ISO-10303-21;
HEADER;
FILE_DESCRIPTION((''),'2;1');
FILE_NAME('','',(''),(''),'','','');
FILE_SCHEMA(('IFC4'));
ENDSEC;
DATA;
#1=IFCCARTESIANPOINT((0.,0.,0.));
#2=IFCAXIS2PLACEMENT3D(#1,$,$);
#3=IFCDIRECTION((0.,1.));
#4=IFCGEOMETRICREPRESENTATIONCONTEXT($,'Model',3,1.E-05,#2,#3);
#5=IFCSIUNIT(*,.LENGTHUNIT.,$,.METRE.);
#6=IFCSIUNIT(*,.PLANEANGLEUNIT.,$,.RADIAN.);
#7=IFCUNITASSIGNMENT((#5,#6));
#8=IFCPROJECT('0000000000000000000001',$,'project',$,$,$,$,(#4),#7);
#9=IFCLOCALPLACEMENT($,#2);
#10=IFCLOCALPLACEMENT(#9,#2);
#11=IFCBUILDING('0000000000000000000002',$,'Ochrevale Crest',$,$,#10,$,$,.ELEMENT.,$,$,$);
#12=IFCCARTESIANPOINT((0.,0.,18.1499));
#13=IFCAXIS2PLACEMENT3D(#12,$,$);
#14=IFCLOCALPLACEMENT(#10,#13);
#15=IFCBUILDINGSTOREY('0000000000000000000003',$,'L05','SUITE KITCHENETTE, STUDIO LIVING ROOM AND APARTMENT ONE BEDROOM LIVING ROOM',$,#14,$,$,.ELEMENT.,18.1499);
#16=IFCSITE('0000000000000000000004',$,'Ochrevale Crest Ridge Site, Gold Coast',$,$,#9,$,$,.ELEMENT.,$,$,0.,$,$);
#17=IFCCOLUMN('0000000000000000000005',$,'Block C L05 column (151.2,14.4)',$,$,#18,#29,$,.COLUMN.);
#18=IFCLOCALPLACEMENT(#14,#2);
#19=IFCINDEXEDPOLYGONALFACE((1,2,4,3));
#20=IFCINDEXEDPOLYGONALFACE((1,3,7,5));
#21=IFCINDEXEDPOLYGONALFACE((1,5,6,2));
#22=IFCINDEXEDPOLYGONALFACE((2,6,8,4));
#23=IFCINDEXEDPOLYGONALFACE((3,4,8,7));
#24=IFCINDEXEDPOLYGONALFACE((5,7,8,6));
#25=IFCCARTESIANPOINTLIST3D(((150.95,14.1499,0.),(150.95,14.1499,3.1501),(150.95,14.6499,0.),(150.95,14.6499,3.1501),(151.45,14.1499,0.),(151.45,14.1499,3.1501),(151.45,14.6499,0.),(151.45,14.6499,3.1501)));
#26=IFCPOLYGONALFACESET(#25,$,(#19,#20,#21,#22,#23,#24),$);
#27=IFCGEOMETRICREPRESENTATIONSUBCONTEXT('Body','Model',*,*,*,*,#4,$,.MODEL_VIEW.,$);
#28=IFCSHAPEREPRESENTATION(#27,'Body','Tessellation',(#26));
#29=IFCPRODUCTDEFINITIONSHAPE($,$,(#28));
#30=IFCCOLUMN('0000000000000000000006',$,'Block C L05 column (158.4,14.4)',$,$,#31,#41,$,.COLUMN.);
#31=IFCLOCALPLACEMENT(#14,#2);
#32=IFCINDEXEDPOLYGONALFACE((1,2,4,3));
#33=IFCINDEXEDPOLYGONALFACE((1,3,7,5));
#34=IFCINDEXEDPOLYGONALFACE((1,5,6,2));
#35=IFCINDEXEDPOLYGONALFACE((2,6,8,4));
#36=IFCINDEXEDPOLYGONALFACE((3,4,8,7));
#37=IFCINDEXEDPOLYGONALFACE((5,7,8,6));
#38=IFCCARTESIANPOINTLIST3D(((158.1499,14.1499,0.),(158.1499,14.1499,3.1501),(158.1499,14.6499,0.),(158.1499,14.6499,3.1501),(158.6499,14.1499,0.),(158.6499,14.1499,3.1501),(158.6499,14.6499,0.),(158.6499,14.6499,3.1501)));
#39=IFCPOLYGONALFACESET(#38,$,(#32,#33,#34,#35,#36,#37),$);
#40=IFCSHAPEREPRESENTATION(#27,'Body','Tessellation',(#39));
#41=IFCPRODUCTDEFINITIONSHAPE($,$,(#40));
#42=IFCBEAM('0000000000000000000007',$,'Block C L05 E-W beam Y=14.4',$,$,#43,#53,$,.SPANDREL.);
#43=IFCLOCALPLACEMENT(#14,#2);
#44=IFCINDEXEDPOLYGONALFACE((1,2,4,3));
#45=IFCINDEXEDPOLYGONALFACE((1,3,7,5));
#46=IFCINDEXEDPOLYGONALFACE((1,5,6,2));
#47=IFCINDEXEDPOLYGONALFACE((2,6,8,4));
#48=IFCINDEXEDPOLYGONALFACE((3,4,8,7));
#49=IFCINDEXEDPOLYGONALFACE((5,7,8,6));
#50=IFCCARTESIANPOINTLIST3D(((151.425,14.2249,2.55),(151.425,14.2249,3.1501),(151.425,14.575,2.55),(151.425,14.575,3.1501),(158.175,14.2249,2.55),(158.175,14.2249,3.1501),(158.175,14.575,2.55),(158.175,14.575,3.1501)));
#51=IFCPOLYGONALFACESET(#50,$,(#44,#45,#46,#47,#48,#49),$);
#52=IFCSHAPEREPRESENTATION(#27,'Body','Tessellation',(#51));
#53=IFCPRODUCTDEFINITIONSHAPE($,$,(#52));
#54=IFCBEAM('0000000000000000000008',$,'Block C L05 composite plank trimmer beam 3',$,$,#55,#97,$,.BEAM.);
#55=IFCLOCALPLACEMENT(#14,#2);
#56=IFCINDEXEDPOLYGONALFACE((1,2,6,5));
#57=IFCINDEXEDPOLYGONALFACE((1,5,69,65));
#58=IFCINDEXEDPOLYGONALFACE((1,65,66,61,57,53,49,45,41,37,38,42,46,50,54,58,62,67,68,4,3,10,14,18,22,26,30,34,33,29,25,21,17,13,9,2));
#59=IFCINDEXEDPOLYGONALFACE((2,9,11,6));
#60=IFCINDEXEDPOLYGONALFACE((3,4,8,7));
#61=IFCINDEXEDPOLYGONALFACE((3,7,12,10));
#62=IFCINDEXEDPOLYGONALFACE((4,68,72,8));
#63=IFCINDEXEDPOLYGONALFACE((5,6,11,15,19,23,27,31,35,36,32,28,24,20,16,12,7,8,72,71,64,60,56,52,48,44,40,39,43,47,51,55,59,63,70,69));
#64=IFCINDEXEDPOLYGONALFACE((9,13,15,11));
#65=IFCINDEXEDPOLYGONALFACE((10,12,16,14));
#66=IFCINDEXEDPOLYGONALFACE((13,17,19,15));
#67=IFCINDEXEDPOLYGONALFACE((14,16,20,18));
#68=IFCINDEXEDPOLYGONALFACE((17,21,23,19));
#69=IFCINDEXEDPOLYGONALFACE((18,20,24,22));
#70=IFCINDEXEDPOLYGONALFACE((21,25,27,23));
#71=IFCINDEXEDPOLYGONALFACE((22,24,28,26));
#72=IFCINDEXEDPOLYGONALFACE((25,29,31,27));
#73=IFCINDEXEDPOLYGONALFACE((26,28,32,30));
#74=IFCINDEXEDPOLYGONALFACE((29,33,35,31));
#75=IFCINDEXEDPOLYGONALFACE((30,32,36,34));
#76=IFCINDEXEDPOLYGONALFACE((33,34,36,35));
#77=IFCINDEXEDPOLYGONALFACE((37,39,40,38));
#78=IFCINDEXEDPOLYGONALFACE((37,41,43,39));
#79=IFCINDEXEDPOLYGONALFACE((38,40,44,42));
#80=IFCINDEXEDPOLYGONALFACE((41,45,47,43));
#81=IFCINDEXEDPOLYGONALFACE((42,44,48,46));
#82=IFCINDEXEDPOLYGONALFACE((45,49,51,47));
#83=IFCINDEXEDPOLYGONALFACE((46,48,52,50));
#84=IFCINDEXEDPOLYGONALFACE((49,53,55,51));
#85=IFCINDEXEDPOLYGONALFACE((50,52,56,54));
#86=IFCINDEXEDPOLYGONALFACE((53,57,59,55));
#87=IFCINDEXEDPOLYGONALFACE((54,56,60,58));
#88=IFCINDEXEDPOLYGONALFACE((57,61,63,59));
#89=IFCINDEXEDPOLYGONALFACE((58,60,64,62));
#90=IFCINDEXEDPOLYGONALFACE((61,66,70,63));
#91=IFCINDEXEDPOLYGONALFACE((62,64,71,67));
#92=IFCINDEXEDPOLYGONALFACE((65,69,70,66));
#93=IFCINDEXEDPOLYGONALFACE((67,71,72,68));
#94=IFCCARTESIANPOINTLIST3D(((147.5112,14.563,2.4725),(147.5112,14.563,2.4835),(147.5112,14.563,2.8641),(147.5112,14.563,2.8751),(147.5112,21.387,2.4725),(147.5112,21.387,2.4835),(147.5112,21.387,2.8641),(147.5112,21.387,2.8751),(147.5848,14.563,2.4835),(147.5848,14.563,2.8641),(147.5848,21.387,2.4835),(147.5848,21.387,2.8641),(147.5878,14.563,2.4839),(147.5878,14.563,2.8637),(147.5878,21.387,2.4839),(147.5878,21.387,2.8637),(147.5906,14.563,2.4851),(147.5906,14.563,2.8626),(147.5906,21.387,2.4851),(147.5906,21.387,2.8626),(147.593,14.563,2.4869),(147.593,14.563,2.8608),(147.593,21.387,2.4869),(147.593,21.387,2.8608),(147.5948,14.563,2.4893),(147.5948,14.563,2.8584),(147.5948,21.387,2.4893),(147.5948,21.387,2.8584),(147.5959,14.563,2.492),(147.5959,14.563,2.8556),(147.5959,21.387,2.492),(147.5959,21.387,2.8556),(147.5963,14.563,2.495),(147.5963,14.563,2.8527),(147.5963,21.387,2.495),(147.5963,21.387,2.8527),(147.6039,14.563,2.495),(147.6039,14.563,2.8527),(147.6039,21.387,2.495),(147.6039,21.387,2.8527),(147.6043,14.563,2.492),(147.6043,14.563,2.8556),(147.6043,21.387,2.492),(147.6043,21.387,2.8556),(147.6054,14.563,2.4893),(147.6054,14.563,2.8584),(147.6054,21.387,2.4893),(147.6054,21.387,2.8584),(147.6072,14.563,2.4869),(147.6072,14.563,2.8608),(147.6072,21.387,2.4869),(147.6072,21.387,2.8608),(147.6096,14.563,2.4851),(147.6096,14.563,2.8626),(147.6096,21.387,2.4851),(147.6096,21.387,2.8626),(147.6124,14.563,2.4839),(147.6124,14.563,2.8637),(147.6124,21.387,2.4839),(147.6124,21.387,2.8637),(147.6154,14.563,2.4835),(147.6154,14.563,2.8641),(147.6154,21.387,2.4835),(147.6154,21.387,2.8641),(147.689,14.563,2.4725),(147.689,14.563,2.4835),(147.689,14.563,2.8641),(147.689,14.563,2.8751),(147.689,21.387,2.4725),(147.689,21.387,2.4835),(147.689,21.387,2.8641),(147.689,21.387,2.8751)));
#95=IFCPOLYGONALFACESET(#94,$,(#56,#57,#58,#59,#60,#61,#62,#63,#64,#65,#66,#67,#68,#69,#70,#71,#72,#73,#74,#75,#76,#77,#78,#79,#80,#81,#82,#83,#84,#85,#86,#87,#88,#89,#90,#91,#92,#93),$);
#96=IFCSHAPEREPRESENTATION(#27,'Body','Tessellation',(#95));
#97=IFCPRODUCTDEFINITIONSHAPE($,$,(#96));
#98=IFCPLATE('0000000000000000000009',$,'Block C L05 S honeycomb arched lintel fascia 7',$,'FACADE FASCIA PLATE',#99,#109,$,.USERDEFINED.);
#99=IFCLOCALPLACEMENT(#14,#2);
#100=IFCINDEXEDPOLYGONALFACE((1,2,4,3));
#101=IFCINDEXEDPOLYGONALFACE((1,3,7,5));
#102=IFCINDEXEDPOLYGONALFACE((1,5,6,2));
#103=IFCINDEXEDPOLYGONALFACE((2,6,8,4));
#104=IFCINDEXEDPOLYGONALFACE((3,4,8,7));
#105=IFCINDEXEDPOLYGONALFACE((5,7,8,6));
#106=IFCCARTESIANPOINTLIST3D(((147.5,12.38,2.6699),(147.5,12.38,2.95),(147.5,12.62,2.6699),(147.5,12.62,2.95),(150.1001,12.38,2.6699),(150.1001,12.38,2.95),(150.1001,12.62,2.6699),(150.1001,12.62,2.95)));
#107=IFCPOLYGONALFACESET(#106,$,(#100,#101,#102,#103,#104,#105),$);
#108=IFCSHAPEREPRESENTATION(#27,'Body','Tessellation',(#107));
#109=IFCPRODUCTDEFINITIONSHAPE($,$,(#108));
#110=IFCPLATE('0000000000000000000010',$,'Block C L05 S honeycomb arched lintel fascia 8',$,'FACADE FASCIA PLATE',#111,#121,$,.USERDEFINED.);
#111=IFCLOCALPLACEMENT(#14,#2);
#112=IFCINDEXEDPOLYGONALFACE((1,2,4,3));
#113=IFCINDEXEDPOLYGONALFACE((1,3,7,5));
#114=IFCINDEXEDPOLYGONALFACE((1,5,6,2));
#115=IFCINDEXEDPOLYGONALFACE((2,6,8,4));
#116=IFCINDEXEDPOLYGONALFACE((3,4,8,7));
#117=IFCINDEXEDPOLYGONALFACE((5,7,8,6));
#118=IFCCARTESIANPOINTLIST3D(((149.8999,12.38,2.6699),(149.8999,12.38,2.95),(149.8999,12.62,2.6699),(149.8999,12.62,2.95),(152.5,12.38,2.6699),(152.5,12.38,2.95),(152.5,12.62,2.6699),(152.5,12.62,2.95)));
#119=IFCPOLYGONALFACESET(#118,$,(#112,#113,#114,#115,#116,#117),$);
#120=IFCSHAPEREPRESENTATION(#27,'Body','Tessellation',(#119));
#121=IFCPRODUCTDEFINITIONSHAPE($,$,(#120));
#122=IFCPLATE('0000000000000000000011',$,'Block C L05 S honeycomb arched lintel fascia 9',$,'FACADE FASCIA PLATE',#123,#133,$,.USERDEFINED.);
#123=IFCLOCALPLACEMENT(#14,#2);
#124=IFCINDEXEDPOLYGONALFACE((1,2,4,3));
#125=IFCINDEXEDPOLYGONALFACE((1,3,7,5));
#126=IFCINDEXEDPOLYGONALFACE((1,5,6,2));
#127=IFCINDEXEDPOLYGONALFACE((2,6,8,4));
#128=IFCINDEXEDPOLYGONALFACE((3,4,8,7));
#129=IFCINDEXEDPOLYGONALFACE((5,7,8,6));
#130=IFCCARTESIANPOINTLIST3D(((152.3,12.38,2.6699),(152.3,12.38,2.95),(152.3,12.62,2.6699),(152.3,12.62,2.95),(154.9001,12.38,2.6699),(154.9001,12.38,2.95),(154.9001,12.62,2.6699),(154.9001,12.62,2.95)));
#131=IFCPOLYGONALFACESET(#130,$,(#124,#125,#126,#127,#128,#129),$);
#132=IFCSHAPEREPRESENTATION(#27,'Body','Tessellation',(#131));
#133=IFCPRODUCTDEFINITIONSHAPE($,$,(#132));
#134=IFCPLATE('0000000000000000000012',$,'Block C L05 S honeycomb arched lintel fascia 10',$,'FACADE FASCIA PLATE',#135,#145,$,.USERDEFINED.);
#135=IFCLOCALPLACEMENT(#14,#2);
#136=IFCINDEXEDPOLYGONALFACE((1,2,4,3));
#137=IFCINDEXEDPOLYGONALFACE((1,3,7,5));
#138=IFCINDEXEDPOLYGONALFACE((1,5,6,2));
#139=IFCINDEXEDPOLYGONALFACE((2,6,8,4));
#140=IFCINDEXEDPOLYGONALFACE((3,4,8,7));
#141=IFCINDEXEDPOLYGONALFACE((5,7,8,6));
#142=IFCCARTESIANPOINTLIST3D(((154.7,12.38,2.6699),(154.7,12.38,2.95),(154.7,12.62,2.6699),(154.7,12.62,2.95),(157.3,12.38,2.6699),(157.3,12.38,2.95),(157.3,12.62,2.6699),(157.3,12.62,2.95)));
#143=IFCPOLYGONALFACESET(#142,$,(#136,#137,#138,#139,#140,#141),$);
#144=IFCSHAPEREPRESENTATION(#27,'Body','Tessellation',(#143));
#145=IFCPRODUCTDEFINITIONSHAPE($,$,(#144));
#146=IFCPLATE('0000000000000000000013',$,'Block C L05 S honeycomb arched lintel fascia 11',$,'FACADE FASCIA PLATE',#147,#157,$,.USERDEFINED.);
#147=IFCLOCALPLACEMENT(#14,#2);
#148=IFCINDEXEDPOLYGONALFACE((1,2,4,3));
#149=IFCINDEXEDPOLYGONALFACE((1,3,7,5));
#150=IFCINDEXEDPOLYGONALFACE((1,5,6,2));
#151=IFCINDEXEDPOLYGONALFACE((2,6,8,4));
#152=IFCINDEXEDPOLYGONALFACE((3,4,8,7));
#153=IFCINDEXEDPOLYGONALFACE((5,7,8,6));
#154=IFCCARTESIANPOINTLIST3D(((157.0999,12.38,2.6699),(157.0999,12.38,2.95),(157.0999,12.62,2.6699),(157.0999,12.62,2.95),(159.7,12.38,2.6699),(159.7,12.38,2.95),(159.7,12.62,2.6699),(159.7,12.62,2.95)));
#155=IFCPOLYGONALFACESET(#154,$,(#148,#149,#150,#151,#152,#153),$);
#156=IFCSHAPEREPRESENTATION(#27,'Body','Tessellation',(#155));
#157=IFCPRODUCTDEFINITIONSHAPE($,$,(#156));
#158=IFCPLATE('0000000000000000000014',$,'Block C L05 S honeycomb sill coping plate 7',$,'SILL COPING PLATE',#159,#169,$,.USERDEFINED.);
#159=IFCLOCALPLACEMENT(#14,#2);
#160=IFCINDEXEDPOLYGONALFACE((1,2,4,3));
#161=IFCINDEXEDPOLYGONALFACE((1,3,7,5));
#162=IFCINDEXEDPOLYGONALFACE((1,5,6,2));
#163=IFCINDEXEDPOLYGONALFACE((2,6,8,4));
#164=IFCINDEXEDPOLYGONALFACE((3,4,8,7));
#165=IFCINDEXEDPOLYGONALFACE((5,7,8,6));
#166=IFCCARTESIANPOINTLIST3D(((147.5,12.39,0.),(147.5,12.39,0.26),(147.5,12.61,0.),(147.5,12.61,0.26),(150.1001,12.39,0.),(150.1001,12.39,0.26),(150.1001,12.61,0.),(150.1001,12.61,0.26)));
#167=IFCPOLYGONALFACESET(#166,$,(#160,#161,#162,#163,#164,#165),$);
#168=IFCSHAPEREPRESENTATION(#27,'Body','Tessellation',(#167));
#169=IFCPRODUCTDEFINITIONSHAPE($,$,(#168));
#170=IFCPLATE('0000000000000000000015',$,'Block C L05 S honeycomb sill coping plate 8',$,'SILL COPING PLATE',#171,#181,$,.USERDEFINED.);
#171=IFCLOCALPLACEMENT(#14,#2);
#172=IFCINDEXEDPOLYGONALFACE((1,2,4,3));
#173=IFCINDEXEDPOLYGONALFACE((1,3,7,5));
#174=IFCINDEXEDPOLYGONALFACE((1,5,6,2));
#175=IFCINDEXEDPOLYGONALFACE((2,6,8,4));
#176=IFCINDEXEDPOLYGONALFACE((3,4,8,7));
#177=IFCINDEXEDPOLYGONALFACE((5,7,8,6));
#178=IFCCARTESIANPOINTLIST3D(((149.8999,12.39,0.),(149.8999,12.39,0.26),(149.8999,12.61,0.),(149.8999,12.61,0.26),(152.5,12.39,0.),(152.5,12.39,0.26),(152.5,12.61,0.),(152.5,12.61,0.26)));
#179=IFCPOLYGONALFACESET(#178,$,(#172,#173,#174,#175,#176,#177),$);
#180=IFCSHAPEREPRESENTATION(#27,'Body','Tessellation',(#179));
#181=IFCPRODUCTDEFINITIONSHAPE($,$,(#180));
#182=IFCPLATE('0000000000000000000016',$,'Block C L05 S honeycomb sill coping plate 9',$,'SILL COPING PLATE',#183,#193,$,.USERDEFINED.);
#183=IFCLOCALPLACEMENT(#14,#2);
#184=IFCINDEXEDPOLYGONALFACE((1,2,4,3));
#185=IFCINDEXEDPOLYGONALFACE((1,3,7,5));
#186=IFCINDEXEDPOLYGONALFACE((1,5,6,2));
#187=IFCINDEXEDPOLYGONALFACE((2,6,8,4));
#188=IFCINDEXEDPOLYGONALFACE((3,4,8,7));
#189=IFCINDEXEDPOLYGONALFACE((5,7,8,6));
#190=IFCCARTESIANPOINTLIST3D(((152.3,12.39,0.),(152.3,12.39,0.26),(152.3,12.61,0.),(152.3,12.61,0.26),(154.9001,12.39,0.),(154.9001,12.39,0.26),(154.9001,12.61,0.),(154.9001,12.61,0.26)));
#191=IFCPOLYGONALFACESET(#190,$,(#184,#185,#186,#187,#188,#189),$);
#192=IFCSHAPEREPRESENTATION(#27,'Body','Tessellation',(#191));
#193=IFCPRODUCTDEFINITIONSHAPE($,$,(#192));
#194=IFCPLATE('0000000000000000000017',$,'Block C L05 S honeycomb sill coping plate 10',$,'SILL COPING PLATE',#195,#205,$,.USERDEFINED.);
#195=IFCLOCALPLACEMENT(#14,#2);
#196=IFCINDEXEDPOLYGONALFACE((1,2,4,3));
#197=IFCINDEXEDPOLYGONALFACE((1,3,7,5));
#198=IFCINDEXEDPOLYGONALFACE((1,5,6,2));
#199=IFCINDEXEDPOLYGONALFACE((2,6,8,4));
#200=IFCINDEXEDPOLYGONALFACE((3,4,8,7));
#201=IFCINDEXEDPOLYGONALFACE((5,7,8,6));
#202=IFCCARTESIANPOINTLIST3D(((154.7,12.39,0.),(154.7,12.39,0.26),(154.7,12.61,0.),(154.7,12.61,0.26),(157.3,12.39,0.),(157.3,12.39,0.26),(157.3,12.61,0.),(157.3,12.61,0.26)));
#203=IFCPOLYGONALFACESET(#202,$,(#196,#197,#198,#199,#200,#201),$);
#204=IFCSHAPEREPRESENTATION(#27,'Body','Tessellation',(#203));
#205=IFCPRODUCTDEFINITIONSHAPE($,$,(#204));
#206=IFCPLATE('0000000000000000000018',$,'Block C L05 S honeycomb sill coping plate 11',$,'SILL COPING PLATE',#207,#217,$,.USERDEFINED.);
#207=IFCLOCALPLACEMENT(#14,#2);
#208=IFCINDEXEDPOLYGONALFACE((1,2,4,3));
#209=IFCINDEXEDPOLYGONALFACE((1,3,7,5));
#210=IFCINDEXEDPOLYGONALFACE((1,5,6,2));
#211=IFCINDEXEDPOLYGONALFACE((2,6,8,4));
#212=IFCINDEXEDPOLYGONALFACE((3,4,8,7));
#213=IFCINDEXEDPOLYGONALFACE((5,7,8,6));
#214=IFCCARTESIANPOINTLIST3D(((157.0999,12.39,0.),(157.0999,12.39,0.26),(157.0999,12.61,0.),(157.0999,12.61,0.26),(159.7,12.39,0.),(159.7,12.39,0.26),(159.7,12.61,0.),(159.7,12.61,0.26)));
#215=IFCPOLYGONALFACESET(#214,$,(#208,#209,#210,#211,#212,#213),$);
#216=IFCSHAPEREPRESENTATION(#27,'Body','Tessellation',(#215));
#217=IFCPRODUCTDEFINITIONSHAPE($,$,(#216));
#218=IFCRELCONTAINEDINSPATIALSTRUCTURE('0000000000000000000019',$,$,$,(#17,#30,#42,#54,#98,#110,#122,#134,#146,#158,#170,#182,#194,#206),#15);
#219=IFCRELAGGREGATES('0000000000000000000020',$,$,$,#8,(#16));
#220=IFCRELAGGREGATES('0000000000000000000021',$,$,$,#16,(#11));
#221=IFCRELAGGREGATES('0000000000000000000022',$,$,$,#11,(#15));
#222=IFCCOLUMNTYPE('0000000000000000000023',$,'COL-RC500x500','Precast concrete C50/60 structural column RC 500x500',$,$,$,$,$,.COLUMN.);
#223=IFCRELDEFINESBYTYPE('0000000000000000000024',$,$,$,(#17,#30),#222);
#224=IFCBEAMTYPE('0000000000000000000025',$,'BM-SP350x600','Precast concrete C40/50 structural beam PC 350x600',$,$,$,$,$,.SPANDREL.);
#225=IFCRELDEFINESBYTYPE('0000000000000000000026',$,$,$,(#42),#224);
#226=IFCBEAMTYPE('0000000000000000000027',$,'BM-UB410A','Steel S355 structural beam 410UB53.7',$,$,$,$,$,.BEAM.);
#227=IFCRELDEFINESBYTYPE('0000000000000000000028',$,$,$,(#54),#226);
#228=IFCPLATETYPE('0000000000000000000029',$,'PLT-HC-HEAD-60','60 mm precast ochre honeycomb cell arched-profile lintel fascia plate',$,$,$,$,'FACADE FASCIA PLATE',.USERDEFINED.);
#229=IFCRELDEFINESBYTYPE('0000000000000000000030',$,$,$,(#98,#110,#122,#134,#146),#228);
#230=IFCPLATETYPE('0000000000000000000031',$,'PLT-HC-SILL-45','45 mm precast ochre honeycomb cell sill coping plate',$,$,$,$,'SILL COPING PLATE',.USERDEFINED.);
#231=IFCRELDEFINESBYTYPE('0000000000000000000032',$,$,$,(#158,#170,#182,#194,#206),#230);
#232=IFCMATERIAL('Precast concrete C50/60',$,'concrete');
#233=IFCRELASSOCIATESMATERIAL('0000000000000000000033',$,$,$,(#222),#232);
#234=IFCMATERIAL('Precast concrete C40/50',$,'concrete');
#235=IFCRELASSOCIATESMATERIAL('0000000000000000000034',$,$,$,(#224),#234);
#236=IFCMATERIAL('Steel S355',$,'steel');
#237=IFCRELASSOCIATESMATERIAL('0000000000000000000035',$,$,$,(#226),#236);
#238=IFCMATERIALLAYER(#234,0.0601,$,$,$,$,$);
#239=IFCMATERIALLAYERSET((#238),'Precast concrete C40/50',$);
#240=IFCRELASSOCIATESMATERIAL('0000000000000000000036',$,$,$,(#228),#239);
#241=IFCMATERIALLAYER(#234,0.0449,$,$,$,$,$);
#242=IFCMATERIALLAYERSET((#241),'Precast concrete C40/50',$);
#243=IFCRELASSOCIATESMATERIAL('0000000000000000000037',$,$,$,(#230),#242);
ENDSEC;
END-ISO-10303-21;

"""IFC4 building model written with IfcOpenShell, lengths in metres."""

from ifc_helpers import new_model, si_unit, direction, frame, origin, origin_2d, place, context, subcontext, project, spatial, rectangle, i_section, extrude, material, layer, layer_set, material_profile, profile_set, type_object, element, save


model = new_model("IFC4")

# Units and contexts
model_context = context("Model", 3, precision=1e-05, world=origin(), true_north=direction((0.0, 1.0)))
body_context = subcontext(model_context, "Body", "Model", "MODEL_VIEW")
ifc_project = project(units=[si_unit("LENGTHUNIT", "METRE"), si_unit("PLANEANGLEUNIT", "RADIAN")], contexts=[model_context])

# Site, building, storey
site_placement = place(None, origin())
site = spatial("IfcSite", under=ifc_project, at=site_placement, Name="Ochrevale Crest Ridge Site, Gold Coast", CompositionType="ELEMENT", RefElevation=0.0)
building_placement = place(site_placement, origin())
building = spatial("IfcBuilding", under=site, at=building_placement, Name="Ochrevale Crest", CompositionType="ELEMENT")
storey_placement = place(building_placement, frame((0.0, 0.0, 18.1499)))
storey = spatial("IfcBuildingStorey", under=building, at=storey_placement, Name="L05", Description="SUITE KITCHENETTE, STUDIO LIVING ROOM AND APARTMENT ONE BEDROOM LIVING ROOM", CompositionType="ELEMENT", Elevation=18.1499)

# Columns
ifc_material_1 = material(Name="Precast concrete C50/60", Category="concrete")
ifc_material_profile_1 = material_profile(ifc_material_1, rectangle(XDim=0.5, YDim=0.5, at=origin_2d()), Name="RC 500x500")
ifc_profile_set_1 = profile_set([ifc_material_profile_1], Name="Precast concrete C50/60")
column_type = type_object("IfcColumnType", Name="COL-RC500x500", Description="Precast concrete C50/60 structural column RC 500x500", PredefinedType="COLUMN", material=ifc_profile_set_1)
for number, where, z_axis, x_axis, name in (
    (1, (151.2, 14.3999, 0.0), (0.0, 0.0, 1.0), (1.0, 0.0, 0.0), "Block C L05 column (151.2,14.4)"),
    (2, (158.3999, 14.3999, 0.0), (0.0, 0.0, 1.0), (1.0, 0.0, 0.0), "Block C L05 column (158.4,14.4)"),
):
    element("IfcColumn", number, at=place(storey_placement, frame(where, z_axis=z_axis, x_axis=x_axis)), inside=storey, type_object=column_type, Name=name, PredefinedType="COLUMN", context=body_context, shape_type="SweptSolid", body=[
        extrude(rectangle(XDim=0.5, YDim=0.5, at=origin_2d()), origin(), (0.0, 0.0, 1.0), 3.1501),
    ])

# Beams
ifc_material_2 = material(Name="Precast concrete C40/50", Category="concrete")
ifc_material_profile_2 = material_profile(ifc_material_2, rectangle(XDim=0.3501, YDim=0.6001, at=origin_2d()), Name="PC 350x600")
ifc_profile_set_2 = profile_set([ifc_material_profile_2], Name="Precast concrete C40/50")
beam_type_1 = type_object("IfcBeamType", Name="BM-SP350x600", Description="Precast concrete C40/50 structural beam PC 350x600", PredefinedType="SPANDREL", material=ifc_profile_set_2)
beam_1_placement = place(storey_placement, frame((151.425, 14.3999, 2.8501), z_axis=(1.0, 0.0, 0.0), x_axis=(0.0, 1.0, 0.0)))
element("IfcBeam", 3, at=beam_1_placement, inside=storey, type_object=beam_type_1, Name="Block C L05 E-W beam Y=14.4", PredefinedType="SPANDREL", context=body_context, shape_type="SweptSolid", body=[
    extrude(rectangle(XDim=0.3501, YDim=0.6001, at=origin_2d()), origin(), (0.0, 0.0, 1.0), 6.75),
])
ifc_material_3 = material(Name="Steel S355", Category="steel")
ifc_material_profile_3 = material_profile(ifc_material_3, i_section(OverallWidth=0.1777, OverallDepth=0.4026, WebThickness=0.0076, FlangeThickness=0.011, FilletRadius=0.0115, at=origin_2d()), Name="410UB53.7")
ifc_profile_set_3 = profile_set([ifc_material_profile_3], Name="Steel S355")
beam_type_2 = type_object("IfcBeamType", Name="BM-UB410A", Description="Steel S355 structural beam 410UB53.7", PredefinedType="BEAM", material=ifc_profile_set_3)
beam_2_placement = place(storey_placement, frame((147.6001, 14.563, 2.6738), z_axis=(0.0, 1.0, 0.0), x_axis=(-1.0, 0.0, 0.0)))
element("IfcBeam", 4, at=beam_2_placement, inside=storey, type_object=beam_type_2, Name="Block C L05 composite plank trimmer beam 3", PredefinedType="BEAM", context=body_context, shape_type="SweptSolid", body=[
    extrude(i_section(OverallWidth=0.1777, OverallDepth=0.4026, WebThickness=0.0076, FlangeThickness=0.011, FilletRadius=0.0115, at=origin_2d()), origin(), (0.0, 0.0, 1.0), 6.824),
])

# Plates
ifc_layer_1 = layer(ifc_material_2, 0.0601)
ifc_layer_set_1 = layer_set([ifc_layer_1], Name="Precast concrete C40/50")
plate_type_1 = type_object("IfcPlateType", Name="PLT-HC-HEAD-60", Description="60 mm precast ochre honeycomb cell arched-profile lintel fascia plate", ElementType="FACADE FASCIA PLATE", PredefinedType="USERDEFINED", material=ifc_layer_set_1)
for number, where, z_axis, x_axis, name in (
    (5, (148.8, 12.5, 2.6699), (0.0, 0.0, 1.0), (1.0, 0.0, 0.0), "Block C L05 S honeycomb arched lintel fascia 7"),
    (6, (151.2, 12.5, 2.6699), (0.0, 0.0, 1.0), (1.0, 0.0, 0.0), "Block C L05 S honeycomb arched lintel fascia 8"),
    (7, (153.6001, 12.5, 2.6699), (0.0, 0.0, 1.0), (1.0, 0.0, 0.0), "Block C L05 S honeycomb arched lintel fascia 9"),
    (8, (156.0, 12.5, 2.6699), (0.0, 0.0, 1.0), (1.0, 0.0, 0.0), "Block C L05 S honeycomb arched lintel fascia 10"),
    (9, (158.3999, 12.5, 2.6699), (0.0, 0.0, 1.0), (1.0, 0.0, 0.0), "Block C L05 S honeycomb arched lintel fascia 11"),
):
    element("IfcPlate", number, at=place(storey_placement, frame(where, z_axis=z_axis, x_axis=x_axis)), inside=storey, type_object=plate_type_1, Name=name, ObjectType="FACADE FASCIA PLATE", PredefinedType="USERDEFINED", context=body_context, shape_type="SweptSolid", body=[
        extrude(rectangle(XDim=2.6001, YDim=0.24, at=origin_2d()), origin(), (0.0, 0.0, 1.0), 0.28),
    ])
ifc_layer_2 = layer(ifc_material_2, 0.0449)
ifc_layer_set_2 = layer_set([ifc_layer_2], Name="Precast concrete C40/50")
plate_type_2 = type_object("IfcPlateType", Name="PLT-HC-SILL-45", Description="45 mm precast ochre honeycomb cell sill coping plate", ElementType="SILL COPING PLATE", PredefinedType="USERDEFINED", material=ifc_layer_set_2)
for number, where, z_axis, x_axis, name in (
    (10, (148.8, 12.5, 0.0), (0.0, 0.0, 1.0), (1.0, 0.0, 0.0), "Block C L05 S honeycomb sill coping plate 7"),
    (11, (151.2, 12.5, 0.0), (0.0, 0.0, 1.0), (1.0, 0.0, 0.0), "Block C L05 S honeycomb sill coping plate 8"),
    (12, (153.6001, 12.5, 0.0), (0.0, 0.0, 1.0), (1.0, 0.0, 0.0), "Block C L05 S honeycomb sill coping plate 9"),
    (13, (156.0, 12.5, 0.0), (0.0, 0.0, 1.0), (1.0, 0.0, 0.0), "Block C L05 S honeycomb sill coping plate 10"),
    (14, (158.3999, 12.5, 0.0), (0.0, 0.0, 1.0), (1.0, 0.0, 0.0), "Block C L05 S honeycomb sill coping plate 11"),
):
    element("IfcPlate", number, at=place(storey_placement, frame(where, z_axis=z_axis, x_axis=x_axis)), inside=storey, type_object=plate_type_2, Name=name, ObjectType="SILL COPING PLATE", PredefinedType="USERDEFINED", context=body_context, shape_type="SweptSolid", body=[
        extrude(rectangle(XDim=2.6001, YDim=0.22, at=origin_2d()), origin(), (0.0, 0.0, 1.0), 0.26),
    ])

save(model, "model.ifc")
